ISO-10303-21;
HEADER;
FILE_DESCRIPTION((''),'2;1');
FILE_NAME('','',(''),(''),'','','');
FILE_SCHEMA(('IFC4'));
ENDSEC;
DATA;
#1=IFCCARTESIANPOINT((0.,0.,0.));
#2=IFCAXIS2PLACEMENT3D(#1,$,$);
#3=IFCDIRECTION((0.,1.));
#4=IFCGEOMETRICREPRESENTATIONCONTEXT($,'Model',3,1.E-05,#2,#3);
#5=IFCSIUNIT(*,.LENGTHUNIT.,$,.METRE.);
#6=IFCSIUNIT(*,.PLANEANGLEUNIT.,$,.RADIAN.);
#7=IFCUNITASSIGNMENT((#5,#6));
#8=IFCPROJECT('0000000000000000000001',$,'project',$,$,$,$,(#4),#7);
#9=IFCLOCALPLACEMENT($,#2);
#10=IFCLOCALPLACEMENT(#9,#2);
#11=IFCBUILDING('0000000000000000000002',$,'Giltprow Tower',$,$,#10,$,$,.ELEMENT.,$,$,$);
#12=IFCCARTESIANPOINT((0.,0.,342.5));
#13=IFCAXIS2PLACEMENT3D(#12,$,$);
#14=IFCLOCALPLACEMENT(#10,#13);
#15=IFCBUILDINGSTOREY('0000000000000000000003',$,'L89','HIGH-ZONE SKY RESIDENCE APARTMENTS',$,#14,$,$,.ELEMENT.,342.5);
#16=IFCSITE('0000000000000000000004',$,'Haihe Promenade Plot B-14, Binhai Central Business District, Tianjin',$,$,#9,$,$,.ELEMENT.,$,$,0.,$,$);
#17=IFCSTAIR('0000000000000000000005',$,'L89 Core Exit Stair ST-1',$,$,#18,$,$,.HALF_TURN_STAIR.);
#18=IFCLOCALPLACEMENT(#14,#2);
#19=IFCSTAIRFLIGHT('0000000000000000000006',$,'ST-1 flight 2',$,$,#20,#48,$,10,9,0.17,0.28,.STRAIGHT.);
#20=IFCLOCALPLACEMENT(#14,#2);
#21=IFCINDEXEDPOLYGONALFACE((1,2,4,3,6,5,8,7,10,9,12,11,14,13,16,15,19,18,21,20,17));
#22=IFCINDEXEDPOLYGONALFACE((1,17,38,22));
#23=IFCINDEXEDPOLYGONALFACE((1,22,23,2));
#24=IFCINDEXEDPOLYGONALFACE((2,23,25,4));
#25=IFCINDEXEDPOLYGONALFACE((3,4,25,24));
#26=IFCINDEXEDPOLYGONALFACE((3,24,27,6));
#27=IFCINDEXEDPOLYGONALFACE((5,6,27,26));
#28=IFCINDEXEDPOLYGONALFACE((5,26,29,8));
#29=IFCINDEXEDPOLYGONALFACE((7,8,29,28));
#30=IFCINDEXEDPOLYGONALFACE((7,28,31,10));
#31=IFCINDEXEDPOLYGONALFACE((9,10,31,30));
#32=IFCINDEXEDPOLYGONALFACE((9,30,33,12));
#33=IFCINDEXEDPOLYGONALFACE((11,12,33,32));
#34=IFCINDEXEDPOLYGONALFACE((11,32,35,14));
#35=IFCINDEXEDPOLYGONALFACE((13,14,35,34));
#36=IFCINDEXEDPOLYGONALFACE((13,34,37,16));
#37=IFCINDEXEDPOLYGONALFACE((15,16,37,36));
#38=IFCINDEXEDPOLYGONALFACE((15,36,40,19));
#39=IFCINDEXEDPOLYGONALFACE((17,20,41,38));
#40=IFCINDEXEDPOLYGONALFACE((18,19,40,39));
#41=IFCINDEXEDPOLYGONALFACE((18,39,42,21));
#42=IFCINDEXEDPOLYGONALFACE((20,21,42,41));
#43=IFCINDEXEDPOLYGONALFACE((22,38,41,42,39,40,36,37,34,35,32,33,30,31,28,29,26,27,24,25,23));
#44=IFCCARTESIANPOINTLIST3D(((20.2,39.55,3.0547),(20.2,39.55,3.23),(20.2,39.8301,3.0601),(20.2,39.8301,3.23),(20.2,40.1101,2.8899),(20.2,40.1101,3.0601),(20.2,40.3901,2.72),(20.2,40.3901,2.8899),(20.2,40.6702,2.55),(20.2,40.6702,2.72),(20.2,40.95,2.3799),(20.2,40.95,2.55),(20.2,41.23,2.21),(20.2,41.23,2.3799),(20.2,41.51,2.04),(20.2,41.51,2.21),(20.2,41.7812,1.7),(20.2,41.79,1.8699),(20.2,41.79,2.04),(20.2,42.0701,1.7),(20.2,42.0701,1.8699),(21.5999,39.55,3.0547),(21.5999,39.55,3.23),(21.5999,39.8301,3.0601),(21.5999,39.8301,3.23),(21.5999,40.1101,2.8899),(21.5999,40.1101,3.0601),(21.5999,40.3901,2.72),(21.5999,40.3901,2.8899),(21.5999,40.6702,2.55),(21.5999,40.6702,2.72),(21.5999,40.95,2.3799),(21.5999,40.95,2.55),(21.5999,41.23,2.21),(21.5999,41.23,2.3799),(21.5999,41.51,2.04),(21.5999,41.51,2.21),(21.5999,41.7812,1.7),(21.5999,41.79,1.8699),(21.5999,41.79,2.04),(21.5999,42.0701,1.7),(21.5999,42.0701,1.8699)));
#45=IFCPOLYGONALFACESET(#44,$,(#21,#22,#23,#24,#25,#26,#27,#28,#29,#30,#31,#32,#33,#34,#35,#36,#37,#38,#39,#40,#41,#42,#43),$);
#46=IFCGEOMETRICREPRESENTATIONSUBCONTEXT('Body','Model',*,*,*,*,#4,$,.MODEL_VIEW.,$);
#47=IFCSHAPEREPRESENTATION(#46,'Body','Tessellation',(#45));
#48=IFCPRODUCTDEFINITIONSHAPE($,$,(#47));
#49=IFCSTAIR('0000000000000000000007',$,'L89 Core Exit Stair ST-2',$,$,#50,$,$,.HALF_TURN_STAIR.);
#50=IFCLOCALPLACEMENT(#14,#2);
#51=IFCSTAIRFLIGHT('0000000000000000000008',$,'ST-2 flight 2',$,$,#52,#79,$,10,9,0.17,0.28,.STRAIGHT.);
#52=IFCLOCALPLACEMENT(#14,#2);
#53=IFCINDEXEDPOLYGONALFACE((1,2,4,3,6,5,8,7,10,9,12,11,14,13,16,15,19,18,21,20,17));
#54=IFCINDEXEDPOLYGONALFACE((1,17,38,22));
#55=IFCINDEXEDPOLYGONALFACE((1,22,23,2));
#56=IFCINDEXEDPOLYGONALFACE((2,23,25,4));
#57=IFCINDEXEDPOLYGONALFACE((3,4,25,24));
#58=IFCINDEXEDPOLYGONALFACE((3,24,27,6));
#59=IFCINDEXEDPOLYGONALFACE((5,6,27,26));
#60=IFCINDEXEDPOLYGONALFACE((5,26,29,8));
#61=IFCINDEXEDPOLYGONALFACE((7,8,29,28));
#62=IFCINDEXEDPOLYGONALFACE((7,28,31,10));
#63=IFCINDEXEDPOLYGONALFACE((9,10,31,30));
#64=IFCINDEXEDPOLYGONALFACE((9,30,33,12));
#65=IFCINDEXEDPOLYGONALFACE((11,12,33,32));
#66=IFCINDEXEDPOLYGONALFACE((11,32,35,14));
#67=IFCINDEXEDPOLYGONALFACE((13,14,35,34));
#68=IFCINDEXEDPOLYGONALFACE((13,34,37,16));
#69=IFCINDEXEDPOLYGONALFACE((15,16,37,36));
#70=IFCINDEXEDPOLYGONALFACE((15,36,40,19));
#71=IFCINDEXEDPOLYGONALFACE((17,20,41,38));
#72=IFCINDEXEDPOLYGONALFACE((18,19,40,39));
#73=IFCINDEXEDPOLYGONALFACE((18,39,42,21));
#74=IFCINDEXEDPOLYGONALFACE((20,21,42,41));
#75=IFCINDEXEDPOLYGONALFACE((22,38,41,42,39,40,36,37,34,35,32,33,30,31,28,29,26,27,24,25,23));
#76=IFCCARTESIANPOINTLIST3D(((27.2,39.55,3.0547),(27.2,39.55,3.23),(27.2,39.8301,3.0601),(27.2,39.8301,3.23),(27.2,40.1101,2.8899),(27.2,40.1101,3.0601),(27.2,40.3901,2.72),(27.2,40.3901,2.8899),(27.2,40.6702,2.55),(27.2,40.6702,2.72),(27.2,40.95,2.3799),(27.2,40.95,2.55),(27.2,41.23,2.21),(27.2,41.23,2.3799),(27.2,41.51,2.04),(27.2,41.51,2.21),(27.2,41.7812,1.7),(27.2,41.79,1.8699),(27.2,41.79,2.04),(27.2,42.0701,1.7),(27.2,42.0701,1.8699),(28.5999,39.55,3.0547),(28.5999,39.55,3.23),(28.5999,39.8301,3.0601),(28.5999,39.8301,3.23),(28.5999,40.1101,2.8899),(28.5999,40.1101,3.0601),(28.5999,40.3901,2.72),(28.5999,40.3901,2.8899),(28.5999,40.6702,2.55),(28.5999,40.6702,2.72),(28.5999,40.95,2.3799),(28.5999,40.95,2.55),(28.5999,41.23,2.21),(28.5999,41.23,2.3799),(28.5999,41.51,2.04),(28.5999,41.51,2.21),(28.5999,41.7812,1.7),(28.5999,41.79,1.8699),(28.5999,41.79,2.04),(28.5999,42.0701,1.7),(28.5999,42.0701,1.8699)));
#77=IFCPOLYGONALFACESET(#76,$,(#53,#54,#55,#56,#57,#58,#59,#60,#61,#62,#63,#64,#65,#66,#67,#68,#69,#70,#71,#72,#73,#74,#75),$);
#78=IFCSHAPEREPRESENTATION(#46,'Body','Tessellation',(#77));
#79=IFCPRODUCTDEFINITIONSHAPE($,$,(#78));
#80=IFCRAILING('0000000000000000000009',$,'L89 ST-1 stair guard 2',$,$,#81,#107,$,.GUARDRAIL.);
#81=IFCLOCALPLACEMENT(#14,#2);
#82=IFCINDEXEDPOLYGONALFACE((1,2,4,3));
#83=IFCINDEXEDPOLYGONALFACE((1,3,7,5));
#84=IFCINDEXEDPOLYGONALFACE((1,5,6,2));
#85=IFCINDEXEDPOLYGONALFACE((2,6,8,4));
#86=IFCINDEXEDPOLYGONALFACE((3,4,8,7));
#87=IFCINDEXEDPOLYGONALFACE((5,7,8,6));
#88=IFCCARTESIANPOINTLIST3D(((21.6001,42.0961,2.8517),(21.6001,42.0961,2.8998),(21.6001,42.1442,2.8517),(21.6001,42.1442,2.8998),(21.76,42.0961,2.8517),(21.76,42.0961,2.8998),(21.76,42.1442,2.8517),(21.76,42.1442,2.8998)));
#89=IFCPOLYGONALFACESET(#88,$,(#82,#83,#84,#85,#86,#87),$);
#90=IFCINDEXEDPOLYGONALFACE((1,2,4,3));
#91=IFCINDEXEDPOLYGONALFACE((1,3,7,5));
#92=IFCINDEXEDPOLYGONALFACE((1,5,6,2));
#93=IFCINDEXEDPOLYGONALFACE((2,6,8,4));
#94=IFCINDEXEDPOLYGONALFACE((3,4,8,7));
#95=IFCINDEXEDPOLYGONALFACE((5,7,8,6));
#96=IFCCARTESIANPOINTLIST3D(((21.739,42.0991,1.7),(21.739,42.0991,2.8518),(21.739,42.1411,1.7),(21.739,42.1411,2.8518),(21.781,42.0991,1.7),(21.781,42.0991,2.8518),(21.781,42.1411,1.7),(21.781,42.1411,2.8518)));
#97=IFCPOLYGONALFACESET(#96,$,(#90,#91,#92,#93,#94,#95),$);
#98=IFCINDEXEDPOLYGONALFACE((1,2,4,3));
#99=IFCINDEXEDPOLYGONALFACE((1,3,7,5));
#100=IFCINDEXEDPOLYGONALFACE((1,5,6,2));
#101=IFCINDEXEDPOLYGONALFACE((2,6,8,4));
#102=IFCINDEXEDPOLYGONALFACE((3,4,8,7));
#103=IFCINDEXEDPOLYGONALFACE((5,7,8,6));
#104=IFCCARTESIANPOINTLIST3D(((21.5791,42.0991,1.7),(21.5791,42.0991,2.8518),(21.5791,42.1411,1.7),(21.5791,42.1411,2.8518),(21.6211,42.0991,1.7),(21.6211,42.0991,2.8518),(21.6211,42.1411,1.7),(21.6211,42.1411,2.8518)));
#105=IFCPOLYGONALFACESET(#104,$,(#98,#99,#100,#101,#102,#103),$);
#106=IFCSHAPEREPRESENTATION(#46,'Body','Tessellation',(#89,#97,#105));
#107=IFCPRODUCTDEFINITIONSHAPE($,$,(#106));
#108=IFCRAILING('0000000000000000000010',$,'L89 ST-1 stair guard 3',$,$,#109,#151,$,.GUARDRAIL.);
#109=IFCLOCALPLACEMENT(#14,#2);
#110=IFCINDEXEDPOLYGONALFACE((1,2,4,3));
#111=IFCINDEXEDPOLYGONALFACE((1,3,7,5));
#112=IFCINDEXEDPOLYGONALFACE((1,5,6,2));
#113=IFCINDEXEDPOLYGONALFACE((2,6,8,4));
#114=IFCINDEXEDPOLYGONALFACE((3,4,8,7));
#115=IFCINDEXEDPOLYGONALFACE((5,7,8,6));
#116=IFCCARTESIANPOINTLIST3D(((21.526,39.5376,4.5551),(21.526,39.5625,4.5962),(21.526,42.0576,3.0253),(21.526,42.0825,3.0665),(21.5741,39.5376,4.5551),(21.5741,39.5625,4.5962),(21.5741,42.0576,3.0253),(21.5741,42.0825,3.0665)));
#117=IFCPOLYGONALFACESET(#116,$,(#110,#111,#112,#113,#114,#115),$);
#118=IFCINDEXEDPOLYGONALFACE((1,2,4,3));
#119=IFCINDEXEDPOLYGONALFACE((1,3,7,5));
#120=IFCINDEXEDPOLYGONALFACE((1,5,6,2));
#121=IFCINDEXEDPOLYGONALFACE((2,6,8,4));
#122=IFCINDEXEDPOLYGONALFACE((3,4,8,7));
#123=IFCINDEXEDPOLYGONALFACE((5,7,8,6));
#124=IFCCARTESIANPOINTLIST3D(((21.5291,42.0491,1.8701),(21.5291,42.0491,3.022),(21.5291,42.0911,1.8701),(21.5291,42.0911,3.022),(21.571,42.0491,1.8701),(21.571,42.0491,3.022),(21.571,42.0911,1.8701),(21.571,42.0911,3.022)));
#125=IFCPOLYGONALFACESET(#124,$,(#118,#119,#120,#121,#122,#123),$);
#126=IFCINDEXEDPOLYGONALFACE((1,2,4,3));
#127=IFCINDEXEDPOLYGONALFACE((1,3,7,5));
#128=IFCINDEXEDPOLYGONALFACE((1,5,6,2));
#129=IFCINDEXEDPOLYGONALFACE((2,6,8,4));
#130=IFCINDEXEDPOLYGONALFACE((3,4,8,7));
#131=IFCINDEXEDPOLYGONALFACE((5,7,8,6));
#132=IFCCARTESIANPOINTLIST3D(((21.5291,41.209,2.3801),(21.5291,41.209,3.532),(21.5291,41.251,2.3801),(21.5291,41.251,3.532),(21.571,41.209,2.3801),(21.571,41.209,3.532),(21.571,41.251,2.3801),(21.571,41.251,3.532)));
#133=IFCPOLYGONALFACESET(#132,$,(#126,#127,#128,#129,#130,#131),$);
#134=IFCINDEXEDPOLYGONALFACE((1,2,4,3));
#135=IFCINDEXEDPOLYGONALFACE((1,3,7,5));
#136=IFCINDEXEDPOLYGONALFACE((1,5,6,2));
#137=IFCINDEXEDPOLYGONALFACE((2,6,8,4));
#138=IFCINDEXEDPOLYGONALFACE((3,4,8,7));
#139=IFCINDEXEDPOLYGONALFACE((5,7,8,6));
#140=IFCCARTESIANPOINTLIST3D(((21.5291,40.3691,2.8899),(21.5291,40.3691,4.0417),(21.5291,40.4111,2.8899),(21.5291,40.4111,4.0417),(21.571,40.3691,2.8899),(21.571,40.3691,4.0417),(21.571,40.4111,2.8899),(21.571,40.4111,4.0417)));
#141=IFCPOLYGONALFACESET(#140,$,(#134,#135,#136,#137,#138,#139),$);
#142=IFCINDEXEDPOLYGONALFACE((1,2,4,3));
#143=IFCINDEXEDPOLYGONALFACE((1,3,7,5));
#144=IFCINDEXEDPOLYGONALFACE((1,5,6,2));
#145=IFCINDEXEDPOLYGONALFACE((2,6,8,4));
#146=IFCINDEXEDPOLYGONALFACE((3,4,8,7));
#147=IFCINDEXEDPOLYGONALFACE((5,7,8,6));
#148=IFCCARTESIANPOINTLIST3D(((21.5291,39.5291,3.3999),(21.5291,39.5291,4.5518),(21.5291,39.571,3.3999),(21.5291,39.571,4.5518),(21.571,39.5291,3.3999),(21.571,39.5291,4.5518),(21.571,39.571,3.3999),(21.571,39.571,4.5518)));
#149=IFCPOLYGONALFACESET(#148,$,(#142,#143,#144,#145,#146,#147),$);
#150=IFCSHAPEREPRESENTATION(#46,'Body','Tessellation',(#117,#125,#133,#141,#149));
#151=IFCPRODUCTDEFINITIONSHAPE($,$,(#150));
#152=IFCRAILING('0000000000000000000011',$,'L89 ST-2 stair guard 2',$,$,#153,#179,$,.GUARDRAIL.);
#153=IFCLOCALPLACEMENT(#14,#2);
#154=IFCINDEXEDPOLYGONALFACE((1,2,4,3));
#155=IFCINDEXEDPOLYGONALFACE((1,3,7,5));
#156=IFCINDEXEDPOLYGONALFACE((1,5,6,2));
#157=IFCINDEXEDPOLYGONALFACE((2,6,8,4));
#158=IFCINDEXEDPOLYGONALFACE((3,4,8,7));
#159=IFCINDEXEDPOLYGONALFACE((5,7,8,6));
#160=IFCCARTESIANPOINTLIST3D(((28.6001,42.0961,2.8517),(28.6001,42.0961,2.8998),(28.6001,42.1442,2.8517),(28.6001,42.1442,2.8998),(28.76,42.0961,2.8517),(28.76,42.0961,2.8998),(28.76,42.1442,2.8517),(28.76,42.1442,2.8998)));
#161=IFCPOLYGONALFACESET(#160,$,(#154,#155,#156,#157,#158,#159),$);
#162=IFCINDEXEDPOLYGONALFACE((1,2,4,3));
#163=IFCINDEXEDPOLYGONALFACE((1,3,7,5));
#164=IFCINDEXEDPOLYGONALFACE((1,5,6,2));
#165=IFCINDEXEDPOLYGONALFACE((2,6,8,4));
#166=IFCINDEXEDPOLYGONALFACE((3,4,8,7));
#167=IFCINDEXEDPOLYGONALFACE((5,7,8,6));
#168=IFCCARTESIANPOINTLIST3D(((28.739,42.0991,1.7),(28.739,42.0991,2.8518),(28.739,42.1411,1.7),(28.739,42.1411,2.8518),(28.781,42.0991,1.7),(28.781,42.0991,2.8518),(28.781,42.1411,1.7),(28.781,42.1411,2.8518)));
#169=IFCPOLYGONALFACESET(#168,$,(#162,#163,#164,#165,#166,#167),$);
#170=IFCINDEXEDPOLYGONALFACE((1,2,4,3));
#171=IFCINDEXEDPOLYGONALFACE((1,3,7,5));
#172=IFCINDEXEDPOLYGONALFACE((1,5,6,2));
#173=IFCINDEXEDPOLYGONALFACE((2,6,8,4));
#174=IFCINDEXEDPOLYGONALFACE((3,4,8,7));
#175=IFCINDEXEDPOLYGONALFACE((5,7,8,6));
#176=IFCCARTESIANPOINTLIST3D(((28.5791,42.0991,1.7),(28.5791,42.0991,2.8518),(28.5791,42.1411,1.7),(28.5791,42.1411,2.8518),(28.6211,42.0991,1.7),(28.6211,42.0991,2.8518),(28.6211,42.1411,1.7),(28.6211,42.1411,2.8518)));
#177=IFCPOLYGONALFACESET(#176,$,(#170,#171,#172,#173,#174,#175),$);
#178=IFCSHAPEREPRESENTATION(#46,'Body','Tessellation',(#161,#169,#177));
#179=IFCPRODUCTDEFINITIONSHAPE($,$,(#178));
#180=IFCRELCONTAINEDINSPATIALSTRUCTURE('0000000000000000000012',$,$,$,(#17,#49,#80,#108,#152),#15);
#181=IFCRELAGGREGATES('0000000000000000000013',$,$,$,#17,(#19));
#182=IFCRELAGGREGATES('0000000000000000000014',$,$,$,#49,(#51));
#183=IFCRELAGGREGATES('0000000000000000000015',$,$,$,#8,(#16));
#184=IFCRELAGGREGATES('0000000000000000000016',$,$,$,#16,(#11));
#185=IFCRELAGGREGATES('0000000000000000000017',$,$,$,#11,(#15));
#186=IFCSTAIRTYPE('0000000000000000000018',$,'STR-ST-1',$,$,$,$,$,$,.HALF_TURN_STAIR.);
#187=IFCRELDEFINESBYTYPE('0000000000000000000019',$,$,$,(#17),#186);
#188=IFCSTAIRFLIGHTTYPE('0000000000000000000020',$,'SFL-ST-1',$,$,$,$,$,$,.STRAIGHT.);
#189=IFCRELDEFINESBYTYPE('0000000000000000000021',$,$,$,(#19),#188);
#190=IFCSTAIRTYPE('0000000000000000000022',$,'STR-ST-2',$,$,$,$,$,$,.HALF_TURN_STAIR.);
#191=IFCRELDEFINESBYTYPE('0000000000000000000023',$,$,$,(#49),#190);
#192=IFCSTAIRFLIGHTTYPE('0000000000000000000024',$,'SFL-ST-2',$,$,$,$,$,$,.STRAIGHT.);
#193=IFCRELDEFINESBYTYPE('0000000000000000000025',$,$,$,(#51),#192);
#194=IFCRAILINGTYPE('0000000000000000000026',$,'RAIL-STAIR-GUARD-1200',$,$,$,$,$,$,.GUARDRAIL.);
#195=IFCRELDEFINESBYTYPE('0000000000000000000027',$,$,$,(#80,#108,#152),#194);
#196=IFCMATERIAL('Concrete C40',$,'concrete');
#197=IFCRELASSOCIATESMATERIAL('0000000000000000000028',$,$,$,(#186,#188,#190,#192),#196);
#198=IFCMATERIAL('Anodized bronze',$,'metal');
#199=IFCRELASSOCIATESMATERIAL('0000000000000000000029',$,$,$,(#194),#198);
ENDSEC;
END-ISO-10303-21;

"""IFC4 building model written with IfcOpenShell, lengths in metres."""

from ifc_helpers import new_model, si_unit, direction, frame, origin, origin_2d, place, context, subcontext, project, spatial, polyline, rectangle, outline, extrude, material, type_object, element, aggregate, save


model = new_model("IFC4")

# Units and contexts
model_context = context("Model", 3, precision=1e-05, world=origin(), true_north=direction((0.0, 1.0)))
body_context = subcontext(model_context, "Body", "Model", "MODEL_VIEW")
ifc_project = project(units=[si_unit("LENGTHUNIT", "METRE"), si_unit("PLANEANGLEUNIT", "RADIAN")], contexts=[model_context])

# Site, building, storey
site_placement = place(None, origin())
site = spatial("IfcSite", under=ifc_project, at=site_placement, Name="Haihe Promenade Plot B-14, Binhai Central Business District, Tianjin", CompositionType="ELEMENT", RefElevation=0.0)
building_placement = place(site_placement, origin())
building = spatial("IfcBuilding", under=site, at=building_placement, Name="Giltprow Tower", CompositionType="ELEMENT")
storey_placement = place(building_placement, frame((0.0, 0.0, 342.5)))
storey = spatial("IfcBuildingStorey", under=building, at=storey_placement, Name="L89", Description="HIGH-ZONE SKY RESIDENCE APARTMENTS", CompositionType="ELEMENT", Elevation=342.5)

# Shared definitions
ifc_material_1 = material(Name="Concrete C40", Category="concrete")

# Stairs, stair flights
stair_type_1 = type_object("IfcStairType", Name="STR-ST-1", PredefinedType="HALF_TURN_STAIR", material=ifc_material_1)
stair_1_placement = place(storey_placement, origin())
stair_1 = element("IfcStair", 1, at=stair_1_placement, inside=storey, type_object=stair_type_1, Name="L89 Core Exit Stair ST-1", PredefinedType="HALF_TURN_STAIR")
stair_flight_type_1 = type_object("IfcStairFlightType", Name="SFL-ST-1", PredefinedType="STRAIGHT", material=ifc_material_1)
stair_flight_1_placement = place(storey_placement, frame((20.8999, 42.0701, 1.7), z_axis=(0.0, 0.0, 1.0), x_axis=(0.0, -1.0, 0.0)))
stair_flight_1 = element("IfcStairFlight", 2, at=stair_flight_1_placement, type_object=stair_flight_type_1, Name="ST-1 flight 2", NumberOfRisers=10, NumberOfTreads=9, PredefinedType="STRAIGHT", RiserHeight=0.17, TreadLength=0.28, context=body_context, shape_type="SweptSolid", body=[
    extrude(outline(polyline([(0.0, 0.0), (0.0, 0.1699), (0.28, 0.1699), (0.28, 0.3401), (0.5601, 0.3401), (0.5601, 0.51), (0.8401, 0.51), (0.8401, 0.6799), (1.1201, 0.6799), (1.1201, 0.8501), (1.3999, 0.8501), (1.3999, 1.02), (1.6799, 1.02), (1.6799, 1.1899), (1.96, 1.1899), (1.96, 1.3601), (2.24, 1.3601), (2.24, 1.53), (2.52, 1.53), (2.52, 1.7), (2.52, 1.3547), (0.2888, 0.0), (0.0, 0.0)])), frame((0.0, 0.7, 0.0), z_axis=(0.0, -1.0, 0.0), x_axis=(1.0, 0.0, 0.0)), (0.0, 0.0, 1.0), 1.3999),
])
aggregate(stair_1, [stair_flight_1])
stair_type_2 = type_object("IfcStairType", Name="STR-ST-2", PredefinedType="HALF_TURN_STAIR", material=ifc_material_1)
stair_2_placement = place(storey_placement, origin())
stair_2 = element("IfcStair", 3, at=stair_2_placement, inside=storey, type_object=stair_type_2, Name="L89 Core Exit Stair ST-2", PredefinedType="HALF_TURN_STAIR")
stair_flight_type_2 = type_object("IfcStairFlightType", Name="SFL-ST-2", PredefinedType="STRAIGHT", material=ifc_material_1)
stair_flight_2_placement = place(storey_placement, frame((27.8999, 42.0701, 1.7), z_axis=(0.0, 0.0, 1.0), x_axis=(0.0, -1.0, 0.0)))
stair_flight_2 = element("IfcStairFlight", 4, at=stair_flight_2_placement, type_object=stair_flight_type_2, Name="ST-2 flight 2", NumberOfRisers=10, NumberOfTreads=9, PredefinedType="STRAIGHT", RiserHeight=0.17, TreadLength=0.28, context=body_context, shape_type="SweptSolid", body=[
    extrude(outline(polyline([(0.0, 0.0), (0.0, 0.1699), (0.28, 0.1699), (0.28, 0.3401), (0.5601, 0.3401), (0.5601, 0.51), (0.8401, 0.51), (0.8401, 0.6799), (1.1201, 0.6799), (1.1201, 0.8501), (1.3999, 0.8501), (1.3999, 1.02), (1.6799, 1.02), (1.6799, 1.1899), (1.96, 1.1899), (1.96, 1.3601), (2.24, 1.3601), (2.24, 1.53), (2.52, 1.53), (2.52, 1.7), (2.52, 1.3547), (0.2888, 0.0), (0.0, 0.0)])), frame((0.0, 0.7, 0.0), z_axis=(0.0, -1.0, 0.0), x_axis=(1.0, 0.0, 0.0)), (0.0, 0.0, 1.0), 1.3999),
])
aggregate(stair_2, [stair_flight_2])

# Railings
ifc_material_2 = material(Name="Anodized bronze", Category="metal")
railing_type_1 = type_object("IfcRailingType", Name="RAIL-STAIR-GUARD-1200", PredefinedType="GUARDRAIL", material=ifc_material_2)
railing_1_placement = place(storey_placement, frame((21.76, 42.1201, 1.7)))
element("IfcRailing", 5, at=railing_1_placement, inside=storey, type_object=railing_type_1, Name="L89 ST-1 stair guard 2", PredefinedType="GUARDRAIL", context=body_context, shape_type="SweptSolid", body=[
    extrude(rectangle(XDim=0.0481, YDim=0.0481, at=origin_2d()), frame((0.0, 0.0, 1.1758), z_axis=(-1.0, 0.0, 0.0), x_axis=(0.0, -1.0, 0.0)), (0.0, 0.0, 1.0), 0.1599),
    extrude(rectangle(XDim=0.042, YDim=0.042, at=origin_2d()), origin(), (0.0, 0.0, 1.0), 1.1519),
    extrude(rectangle(XDim=0.042, YDim=0.042, at=origin_2d()), frame((-0.1599, 0.0, 0.0)), (0.0, 0.0, 1.0), 1.1519),
])
railing_2_placement = place(storey_placement, frame((21.55, 42.0701, 1.8701)))
element("IfcRailing", 6, at=railing_2_placement, inside=storey, type_object=railing_type_1, Name="L89 ST-1 stair guard 3", PredefinedType="GUARDRAIL", context=body_context, shape_type="SweptSolid", body=[
    extrude(rectangle(XDim=0.0481, YDim=0.0481, at=origin_2d()), frame((0.0, 0.0, 1.1758), z_axis=(0.0, -0.854822, 0.518922), x_axis=(1.0, 0.0, 0.0)), (0.0, 0.0, 1.0), 2.948),
    extrude(rectangle(XDim=0.042, YDim=0.042, at=origin_2d()), origin(), (0.0, 0.0, 1.0), 1.1519),
    extrude(rectangle(XDim=0.042, YDim=0.042, at=origin_2d()), frame((0.0, -0.8401, 0.51)), (0.0, 0.0, 1.0), 1.1519),
    extrude(rectangle(XDim=0.042, YDim=0.042, at=origin_2d()), frame((0.0, -1.6799, 1.0198)), (0.0, 0.0, 1.0), 1.1519),
    extrude(rectangle(XDim=0.042, YDim=0.042, at=origin_2d()), frame((0.0, -2.52, 1.5298)), (0.0, 0.0, 1.0), 1.1519),
])
railing_3_placement = place(storey_placement, frame((28.76, 42.1201, 1.7)))
element("IfcRailing", 7, at=railing_3_placement, inside=storey, type_object=railing_type_1, Name="L89 ST-2 stair guard 2", PredefinedType="GUARDRAIL", context=body_context, shape_type="SweptSolid", body=[
    extrude(rectangle(XDim=0.0481, YDim=0.0481, at=origin_2d()), frame((0.0, 0.0, 1.1758), z_axis=(-1.0, 0.0, 0.0), x_axis=(0.0, -1.0, 0.0)), (0.0, 0.0, 1.0), 0.1599),
    extrude(rectangle(XDim=0.042, YDim=0.042, at=origin_2d()), origin(), (0.0, 0.0, 1.0), 1.1519),
    extrude(rectangle(XDim=0.042, YDim=0.042, at=origin_2d()), frame((-0.1599, 0.0, 0.0)), (0.0, 0.0, 1.0), 1.1519),
])

save(model, "model.ifc")
